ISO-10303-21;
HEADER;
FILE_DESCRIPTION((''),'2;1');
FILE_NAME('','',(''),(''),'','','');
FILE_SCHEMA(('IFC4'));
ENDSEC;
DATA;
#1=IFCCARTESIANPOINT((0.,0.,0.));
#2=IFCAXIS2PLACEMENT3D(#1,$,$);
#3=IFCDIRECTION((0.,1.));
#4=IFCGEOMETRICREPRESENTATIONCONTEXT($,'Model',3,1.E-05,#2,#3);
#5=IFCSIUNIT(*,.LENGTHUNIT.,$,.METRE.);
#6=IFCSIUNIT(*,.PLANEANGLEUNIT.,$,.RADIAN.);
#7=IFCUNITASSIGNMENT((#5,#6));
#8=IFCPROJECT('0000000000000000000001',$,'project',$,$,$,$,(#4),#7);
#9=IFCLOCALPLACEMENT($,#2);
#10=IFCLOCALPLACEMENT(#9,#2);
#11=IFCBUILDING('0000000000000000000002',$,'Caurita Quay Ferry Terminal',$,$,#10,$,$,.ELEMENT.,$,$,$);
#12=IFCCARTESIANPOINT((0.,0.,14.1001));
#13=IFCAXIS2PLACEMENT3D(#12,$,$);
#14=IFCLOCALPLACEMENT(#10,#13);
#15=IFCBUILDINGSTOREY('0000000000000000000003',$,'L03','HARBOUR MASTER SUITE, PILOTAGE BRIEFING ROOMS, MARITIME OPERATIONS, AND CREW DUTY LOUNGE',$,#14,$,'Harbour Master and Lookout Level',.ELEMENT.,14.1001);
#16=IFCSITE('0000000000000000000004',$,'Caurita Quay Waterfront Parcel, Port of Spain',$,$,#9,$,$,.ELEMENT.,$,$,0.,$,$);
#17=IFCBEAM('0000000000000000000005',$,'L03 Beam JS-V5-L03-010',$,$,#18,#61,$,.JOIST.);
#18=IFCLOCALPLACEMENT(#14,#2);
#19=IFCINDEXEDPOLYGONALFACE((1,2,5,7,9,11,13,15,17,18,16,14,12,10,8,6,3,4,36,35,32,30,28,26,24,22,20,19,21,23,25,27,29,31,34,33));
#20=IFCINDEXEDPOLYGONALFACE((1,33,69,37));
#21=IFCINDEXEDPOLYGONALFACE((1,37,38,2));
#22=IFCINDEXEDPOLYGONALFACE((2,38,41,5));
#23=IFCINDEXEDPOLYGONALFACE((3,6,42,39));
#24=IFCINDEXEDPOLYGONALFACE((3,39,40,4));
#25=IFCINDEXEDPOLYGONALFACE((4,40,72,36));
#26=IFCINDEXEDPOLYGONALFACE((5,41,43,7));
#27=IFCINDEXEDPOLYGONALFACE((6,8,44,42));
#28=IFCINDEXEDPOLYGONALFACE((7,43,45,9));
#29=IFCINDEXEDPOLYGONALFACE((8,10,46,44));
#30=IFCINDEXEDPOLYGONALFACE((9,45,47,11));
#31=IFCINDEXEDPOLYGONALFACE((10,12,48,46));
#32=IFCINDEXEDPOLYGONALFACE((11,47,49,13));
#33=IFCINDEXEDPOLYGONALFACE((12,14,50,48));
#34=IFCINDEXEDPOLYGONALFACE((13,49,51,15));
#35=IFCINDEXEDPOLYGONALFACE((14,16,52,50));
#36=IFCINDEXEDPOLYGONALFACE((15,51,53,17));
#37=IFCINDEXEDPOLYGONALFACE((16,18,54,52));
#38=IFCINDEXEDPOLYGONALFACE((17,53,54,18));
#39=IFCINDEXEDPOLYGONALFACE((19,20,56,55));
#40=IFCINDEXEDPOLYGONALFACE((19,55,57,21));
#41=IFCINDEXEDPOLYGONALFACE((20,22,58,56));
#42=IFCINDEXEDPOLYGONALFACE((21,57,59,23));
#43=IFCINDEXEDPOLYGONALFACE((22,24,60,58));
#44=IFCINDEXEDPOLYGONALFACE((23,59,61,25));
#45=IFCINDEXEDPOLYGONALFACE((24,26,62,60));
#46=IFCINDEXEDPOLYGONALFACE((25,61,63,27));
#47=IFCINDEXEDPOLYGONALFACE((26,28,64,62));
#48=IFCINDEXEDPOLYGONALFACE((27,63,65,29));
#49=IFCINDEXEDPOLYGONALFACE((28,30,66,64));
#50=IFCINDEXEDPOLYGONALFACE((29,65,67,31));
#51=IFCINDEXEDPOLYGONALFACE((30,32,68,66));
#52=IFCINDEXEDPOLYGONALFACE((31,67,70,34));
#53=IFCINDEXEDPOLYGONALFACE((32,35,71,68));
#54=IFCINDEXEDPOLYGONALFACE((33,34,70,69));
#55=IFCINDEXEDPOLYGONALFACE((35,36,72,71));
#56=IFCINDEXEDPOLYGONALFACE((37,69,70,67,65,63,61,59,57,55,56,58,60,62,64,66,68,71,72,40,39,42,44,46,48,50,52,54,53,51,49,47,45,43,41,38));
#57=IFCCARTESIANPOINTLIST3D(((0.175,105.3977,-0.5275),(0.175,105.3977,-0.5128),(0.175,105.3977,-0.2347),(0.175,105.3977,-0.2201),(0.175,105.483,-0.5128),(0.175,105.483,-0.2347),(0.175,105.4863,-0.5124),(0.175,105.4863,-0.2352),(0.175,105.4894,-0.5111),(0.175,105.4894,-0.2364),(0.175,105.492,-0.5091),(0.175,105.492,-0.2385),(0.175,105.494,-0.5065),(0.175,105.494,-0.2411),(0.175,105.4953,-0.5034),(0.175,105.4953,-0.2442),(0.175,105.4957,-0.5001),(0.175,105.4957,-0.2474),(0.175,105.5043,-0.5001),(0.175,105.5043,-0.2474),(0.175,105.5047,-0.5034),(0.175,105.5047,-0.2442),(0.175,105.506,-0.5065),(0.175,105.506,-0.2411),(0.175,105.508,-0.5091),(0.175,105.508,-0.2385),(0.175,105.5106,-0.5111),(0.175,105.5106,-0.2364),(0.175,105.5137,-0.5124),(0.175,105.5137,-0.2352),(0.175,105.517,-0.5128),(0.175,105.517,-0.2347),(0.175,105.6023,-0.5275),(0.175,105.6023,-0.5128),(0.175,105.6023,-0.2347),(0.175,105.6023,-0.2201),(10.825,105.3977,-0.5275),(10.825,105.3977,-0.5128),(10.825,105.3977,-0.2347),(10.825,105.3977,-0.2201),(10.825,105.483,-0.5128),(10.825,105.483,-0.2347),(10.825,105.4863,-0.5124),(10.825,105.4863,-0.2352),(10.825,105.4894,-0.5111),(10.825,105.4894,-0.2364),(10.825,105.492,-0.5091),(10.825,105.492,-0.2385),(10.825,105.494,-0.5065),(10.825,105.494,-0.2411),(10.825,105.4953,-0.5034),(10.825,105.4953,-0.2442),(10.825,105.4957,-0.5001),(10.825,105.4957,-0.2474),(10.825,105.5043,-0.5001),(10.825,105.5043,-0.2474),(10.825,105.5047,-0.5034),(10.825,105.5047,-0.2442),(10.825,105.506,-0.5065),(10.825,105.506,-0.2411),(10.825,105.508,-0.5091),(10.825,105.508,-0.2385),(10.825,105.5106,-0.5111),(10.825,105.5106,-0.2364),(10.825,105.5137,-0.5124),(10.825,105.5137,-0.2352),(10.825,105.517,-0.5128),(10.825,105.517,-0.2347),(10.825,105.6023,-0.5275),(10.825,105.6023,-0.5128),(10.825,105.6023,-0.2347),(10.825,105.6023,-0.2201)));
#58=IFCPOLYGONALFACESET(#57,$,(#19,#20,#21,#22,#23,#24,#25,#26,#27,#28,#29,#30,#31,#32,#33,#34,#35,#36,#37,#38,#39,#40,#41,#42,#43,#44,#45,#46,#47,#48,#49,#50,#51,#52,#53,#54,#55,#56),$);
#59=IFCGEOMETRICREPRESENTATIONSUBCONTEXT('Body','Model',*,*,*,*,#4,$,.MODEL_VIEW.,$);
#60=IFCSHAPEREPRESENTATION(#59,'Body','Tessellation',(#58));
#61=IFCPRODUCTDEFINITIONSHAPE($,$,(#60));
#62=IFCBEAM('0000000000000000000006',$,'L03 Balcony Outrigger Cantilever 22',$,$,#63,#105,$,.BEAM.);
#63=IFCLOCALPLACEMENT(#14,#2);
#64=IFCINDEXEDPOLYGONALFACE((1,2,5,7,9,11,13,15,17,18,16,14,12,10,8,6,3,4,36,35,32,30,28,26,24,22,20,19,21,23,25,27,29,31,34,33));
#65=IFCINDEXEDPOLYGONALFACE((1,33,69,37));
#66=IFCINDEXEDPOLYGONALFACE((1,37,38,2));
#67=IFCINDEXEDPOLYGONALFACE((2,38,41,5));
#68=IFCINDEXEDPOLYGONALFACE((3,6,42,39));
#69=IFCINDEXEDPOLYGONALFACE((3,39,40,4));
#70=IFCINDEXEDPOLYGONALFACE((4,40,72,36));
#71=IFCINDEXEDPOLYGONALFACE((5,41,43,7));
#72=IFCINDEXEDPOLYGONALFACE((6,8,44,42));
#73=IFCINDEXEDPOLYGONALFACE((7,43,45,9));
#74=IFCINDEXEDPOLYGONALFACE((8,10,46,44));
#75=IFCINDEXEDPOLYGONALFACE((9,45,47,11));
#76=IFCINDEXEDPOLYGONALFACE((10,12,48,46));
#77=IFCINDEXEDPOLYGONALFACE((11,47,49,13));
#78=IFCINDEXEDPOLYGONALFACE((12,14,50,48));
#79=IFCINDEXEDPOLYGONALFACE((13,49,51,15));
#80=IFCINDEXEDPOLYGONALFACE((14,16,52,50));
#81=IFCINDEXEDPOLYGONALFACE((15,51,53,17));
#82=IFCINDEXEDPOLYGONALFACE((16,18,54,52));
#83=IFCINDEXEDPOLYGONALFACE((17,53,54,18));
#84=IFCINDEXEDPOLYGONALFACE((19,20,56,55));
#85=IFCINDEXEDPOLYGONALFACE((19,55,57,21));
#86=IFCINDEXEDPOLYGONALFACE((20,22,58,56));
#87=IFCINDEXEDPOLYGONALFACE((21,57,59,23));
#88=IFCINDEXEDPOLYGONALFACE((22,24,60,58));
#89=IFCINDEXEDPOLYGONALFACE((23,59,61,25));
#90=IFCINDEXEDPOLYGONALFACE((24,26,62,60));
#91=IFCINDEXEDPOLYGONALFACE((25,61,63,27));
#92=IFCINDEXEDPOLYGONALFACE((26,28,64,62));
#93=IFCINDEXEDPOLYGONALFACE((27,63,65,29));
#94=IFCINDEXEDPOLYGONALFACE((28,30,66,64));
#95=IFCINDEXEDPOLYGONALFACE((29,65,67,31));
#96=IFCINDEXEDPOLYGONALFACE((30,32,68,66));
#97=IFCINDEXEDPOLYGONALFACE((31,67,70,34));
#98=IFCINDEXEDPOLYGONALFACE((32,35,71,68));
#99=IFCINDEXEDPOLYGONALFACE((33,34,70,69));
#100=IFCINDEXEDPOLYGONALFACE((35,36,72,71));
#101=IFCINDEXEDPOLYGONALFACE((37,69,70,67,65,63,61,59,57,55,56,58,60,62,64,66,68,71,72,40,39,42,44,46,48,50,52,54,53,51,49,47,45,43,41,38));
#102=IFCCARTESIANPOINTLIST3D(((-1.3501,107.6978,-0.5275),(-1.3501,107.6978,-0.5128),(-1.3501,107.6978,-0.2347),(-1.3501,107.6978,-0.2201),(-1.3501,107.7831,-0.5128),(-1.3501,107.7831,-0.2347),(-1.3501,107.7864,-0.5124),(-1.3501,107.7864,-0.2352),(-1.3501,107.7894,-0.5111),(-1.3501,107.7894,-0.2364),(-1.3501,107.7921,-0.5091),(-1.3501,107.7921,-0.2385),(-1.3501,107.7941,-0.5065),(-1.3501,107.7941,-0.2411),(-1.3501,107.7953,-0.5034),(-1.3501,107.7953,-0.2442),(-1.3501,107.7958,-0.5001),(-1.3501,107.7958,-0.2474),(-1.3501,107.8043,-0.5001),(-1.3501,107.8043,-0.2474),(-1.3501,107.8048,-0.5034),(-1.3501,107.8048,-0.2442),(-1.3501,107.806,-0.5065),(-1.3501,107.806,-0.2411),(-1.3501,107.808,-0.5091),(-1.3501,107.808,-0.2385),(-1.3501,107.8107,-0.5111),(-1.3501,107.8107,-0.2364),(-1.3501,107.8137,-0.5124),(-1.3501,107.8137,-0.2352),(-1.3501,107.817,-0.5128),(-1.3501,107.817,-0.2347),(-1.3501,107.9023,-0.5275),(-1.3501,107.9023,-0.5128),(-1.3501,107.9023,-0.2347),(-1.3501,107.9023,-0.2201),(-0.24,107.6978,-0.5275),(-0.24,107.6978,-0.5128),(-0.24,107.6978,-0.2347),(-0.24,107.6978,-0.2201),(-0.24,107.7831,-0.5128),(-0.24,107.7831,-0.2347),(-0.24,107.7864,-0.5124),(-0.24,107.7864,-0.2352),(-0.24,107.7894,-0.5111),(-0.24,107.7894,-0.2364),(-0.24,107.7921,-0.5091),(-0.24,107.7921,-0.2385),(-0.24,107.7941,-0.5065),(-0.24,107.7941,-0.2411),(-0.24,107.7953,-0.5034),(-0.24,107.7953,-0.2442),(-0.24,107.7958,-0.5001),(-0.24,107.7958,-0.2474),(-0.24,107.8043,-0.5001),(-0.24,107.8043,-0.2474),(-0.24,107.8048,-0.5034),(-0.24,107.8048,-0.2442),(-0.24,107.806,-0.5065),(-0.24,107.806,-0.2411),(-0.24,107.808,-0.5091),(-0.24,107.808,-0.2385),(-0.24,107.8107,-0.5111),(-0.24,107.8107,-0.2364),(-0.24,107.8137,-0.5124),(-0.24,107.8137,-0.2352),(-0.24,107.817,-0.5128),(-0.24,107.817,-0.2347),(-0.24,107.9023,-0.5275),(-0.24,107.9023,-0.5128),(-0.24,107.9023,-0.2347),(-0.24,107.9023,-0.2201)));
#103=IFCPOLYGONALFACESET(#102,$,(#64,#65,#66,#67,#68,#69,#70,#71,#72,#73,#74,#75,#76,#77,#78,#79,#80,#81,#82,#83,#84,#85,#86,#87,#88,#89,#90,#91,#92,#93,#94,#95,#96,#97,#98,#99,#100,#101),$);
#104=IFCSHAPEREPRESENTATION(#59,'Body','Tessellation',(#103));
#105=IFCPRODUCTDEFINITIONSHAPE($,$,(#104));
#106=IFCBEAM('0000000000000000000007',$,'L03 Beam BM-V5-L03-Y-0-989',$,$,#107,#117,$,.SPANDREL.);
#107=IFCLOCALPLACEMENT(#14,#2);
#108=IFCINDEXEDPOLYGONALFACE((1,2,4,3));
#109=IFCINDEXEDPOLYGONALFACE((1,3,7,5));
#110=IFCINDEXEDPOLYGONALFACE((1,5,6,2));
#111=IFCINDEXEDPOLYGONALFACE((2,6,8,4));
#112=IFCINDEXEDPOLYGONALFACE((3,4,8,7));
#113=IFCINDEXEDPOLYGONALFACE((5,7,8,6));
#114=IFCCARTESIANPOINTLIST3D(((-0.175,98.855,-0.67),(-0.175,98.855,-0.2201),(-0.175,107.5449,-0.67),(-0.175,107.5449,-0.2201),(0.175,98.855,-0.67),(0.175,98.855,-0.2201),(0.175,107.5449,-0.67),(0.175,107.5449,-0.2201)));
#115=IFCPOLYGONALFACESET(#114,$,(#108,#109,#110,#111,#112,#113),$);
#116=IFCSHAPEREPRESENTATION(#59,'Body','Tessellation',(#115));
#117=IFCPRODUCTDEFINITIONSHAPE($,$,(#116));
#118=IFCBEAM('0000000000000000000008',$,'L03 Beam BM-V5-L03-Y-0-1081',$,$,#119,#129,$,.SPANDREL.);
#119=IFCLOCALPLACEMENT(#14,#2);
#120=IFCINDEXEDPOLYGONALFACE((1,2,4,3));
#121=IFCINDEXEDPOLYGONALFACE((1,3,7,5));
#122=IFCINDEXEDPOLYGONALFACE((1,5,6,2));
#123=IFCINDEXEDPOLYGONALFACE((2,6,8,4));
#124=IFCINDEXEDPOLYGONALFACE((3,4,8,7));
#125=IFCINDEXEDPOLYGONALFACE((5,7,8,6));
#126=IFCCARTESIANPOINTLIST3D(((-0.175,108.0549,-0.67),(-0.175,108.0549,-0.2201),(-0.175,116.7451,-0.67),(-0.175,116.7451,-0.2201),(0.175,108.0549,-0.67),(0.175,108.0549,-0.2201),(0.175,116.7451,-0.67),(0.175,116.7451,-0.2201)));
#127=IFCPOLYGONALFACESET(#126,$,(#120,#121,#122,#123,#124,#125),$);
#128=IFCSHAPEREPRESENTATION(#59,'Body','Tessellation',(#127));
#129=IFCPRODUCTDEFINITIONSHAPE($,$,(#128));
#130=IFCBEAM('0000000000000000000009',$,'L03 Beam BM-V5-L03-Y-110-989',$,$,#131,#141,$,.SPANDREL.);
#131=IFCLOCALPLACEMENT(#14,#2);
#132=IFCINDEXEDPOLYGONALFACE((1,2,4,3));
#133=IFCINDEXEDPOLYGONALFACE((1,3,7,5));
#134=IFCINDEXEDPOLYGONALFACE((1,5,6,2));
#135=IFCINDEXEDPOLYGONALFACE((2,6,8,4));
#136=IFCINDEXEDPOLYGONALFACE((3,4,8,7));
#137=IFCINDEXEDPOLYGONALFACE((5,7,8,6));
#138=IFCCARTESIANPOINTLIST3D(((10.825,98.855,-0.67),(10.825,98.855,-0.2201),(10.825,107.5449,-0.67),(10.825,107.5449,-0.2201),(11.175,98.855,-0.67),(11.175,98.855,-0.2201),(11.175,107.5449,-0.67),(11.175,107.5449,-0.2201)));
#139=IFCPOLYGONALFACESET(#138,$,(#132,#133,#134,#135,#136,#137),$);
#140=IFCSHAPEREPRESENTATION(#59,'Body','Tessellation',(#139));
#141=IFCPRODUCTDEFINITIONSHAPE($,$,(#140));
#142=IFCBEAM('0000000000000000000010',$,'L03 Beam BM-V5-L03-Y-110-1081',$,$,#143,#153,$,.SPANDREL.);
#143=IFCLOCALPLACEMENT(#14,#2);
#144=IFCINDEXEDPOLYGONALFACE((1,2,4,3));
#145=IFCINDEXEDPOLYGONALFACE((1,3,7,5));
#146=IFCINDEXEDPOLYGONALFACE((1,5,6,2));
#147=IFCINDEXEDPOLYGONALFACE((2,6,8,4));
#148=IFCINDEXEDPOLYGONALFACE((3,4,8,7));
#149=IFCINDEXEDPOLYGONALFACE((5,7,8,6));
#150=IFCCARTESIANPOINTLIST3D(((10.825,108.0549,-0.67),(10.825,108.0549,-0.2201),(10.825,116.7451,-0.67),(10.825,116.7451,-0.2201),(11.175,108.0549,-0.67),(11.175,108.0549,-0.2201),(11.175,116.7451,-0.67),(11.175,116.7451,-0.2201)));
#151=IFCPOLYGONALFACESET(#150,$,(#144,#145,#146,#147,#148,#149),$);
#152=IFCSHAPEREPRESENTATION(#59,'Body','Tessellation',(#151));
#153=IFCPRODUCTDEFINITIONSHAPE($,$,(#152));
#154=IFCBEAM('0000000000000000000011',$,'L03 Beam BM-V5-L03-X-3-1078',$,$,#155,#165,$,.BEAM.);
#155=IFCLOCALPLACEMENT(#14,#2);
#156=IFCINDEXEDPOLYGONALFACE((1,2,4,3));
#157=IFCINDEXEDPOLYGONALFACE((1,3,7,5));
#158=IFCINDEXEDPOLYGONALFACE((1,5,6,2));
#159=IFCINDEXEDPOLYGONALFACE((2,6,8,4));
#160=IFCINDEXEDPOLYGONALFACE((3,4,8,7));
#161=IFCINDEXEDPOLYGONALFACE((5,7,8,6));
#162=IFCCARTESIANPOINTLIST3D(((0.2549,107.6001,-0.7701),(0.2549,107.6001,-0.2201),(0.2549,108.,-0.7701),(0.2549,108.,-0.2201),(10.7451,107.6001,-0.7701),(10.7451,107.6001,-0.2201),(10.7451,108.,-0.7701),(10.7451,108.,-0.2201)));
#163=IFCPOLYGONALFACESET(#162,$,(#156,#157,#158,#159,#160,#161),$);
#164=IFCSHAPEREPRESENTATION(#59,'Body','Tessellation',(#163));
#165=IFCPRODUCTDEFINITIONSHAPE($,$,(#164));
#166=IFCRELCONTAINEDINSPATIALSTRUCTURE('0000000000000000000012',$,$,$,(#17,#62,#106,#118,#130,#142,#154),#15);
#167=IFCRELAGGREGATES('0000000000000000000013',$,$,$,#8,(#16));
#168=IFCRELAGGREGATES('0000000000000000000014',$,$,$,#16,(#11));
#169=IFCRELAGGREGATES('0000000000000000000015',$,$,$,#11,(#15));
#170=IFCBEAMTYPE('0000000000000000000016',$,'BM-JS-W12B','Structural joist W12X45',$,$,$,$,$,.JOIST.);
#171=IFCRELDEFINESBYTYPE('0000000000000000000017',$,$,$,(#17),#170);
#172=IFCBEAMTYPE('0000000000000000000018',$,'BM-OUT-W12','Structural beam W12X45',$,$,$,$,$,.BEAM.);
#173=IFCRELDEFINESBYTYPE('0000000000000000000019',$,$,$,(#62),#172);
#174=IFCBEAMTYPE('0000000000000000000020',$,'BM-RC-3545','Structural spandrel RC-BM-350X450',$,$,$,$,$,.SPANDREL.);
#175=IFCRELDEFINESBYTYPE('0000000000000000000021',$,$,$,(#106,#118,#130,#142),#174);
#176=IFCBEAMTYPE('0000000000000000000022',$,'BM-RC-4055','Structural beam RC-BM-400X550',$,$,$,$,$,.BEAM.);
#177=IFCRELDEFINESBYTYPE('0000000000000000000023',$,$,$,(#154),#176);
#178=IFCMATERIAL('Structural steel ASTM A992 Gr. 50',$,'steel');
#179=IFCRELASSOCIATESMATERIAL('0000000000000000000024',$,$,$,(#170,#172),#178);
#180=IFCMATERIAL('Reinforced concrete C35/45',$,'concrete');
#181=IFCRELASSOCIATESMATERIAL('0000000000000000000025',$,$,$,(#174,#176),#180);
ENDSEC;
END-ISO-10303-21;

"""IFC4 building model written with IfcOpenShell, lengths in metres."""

from ifc_helpers import new_model, si_unit, direction, frame, origin, origin_2d, place, context, subcontext, project, spatial, rectangle, i_section, extrude, material, material_profile, profile_set, type_object, element, save


model = new_model("IFC4")

# Units and contexts
model_context = context("Model", 3, precision=1e-05, world=origin(), true_north=direction((0.0, 1.0)))
body_context = subcontext(model_context, "Body", "Model", "MODEL_VIEW")
ifc_project = project(units=[si_unit("LENGTHUNIT", "METRE"), si_unit("PLANEANGLEUNIT", "RADIAN")], contexts=[model_context])

# Site, building, storey
site_placement = place(None, origin())
site = spatial("IfcSite", under=ifc_project, at=site_placement, Name="Caurita Quay Waterfront Parcel, Port of Spain", CompositionType="ELEMENT", RefElevation=0.0)
building_placement = place(site_placement, origin())
building = spatial("IfcBuilding", under=site, at=building_placement, Name="Caurita Quay Ferry Terminal", CompositionType="ELEMENT")
storey_placement = place(building_placement, frame((0.0, 0.0, 14.1001)))
storey = spatial("IfcBuildingStorey", under=building, at=storey_placement, Name="L03", Description="HARBOUR MASTER SUITE, PILOTAGE BRIEFING ROOMS, MARITIME OPERATIONS, AND CREW DUTY LOUNGE", LongName="Harbour Master and Lookout Level", CompositionType="ELEMENT", Elevation=14.1001)

# Shared definitions
ifc_material_1 = material(Name="Reinforced concrete C35/45", Category="concrete")

# Beams
ifc_material_2 = material(Name="Structural steel ASTM A992 Gr. 50", Category="steel")
ifc_material_profile_1 = material_profile(ifc_material_2, i_section(OverallWidth=0.2046, OverallDepth=0.3074, WebThickness=0.0085, FlangeThickness=0.0146, FilletRadius=0.0127, at=origin_2d()), Name="W12X45")
ifc_profile_set_1 = profile_set([ifc_material_profile_1], Name="Structural steel ASTM A992 Gr. 50")
beam_type_1 = type_object("IfcBeamType", Name="BM-JS-W12B", Description="Structural joist W12X45", PredefinedType="JOIST", material=ifc_profile_set_1)
for number, where, z_axis, x_axis, name in (
    (1, (0.175, 105.5, -0.3738), (1.0, 0.0, 0.0), (0.0, 1.0, 0.0), "L03 Beam JS-V5-L03-010"),
):
    element("IfcBeam", number, at=place(storey_placement, frame(where, z_axis=z_axis, x_axis=x_axis)), inside=storey, type_object=beam_type_1, Name=name, PredefinedType="JOIST", context=body_context, shape_type="SweptSolid", body=[
        extrude(i_section(OverallWidth=0.2046, OverallDepth=0.3074, WebThickness=0.0085, FlangeThickness=0.0146, FilletRadius=0.0127, at=origin_2d()), origin(), (0.0, 0.0, 1.0), 10.6499),
    ])
ifc_material_profile_2 = material_profile(ifc_material_2, i_section(OverallWidth=0.2046, OverallDepth=0.3074, WebThickness=0.0085, FlangeThickness=0.0146, FilletRadius=0.0127, at=origin_2d()), Name="W12X45")
ifc_profile_set_2 = profile_set([ifc_material_profile_2], Name="Structural steel ASTM A992 Gr. 50")
beam_type_2 = type_object("IfcBeamType", Name="BM-OUT-W12", Description="Structural beam W12X45", PredefinedType="BEAM", material=ifc_profile_set_2)
beam_1_placement = place(storey_placement, frame((-0.24, 107.8, -0.3738), z_axis=(-1.0, 0.0, 0.0), x_axis=(0.0, -1.0, 0.0)))
element("IfcBeam", 2, at=beam_1_placement, inside=storey, type_object=beam_type_2, Name="L03 Balcony Outrigger Cantilever 22", PredefinedType="BEAM", context=body_context, shape_type="SweptSolid", body=[
    extrude(i_section(OverallWidth=0.2046, OverallDepth=0.3074, WebThickness=0.0085, FlangeThickness=0.0146, FilletRadius=0.0127, at=origin_2d()), origin(), (0.0, 0.0, 1.0), 1.1101),
])
ifc_material_profile_3 = material_profile(ifc_material_1, rectangle(XDim=0.3501, YDim=0.45, at=origin_2d()), Name="RC-BM-350X450")
ifc_profile_set_3 = profile_set([ifc_material_profile_3], Name="Reinforced concrete C35/45")
beam_type_3 = type_object("IfcBeamType", Name="BM-RC-3545", Description="Structural spandrel RC-BM-350X450", PredefinedType="SPANDREL", material=ifc_profile_set_3)
beam_2_placement = place(storey_placement, frame((0.0, 98.855, -0.4451), z_axis=(0.0, 1.0, 0.0), x_axis=(-1.0, 0.0, 0.0)))
element("IfcBeam", 3, at=beam_2_placement, inside=storey, type_object=beam_type_3, Name="L03 Beam BM-V5-L03-Y-0-989", PredefinedType="SPANDREL", context=body_context, shape_type="SweptSolid", body=[
    extrude(rectangle(XDim=0.3501, YDim=0.45, at=origin_2d()), origin(), (0.0, 0.0, 1.0), 8.6899),
])
beam_3_placement = place(storey_placement, frame((0.0, 108.0549, -0.4451), z_axis=(0.0, 1.0, 0.0), x_axis=(-1.0, 0.0, 0.0)))
element("IfcBeam", 4, at=beam_3_placement, inside=storey, type_object=beam_type_3, Name="L03 Beam BM-V5-L03-Y-0-1081", PredefinedType="SPANDREL", context=body_context, shape_type="SweptSolid", body=[
    extrude(rectangle(XDim=0.3501, YDim=0.45, at=origin_2d()), origin(), (0.0, 0.0, 1.0), 8.6902),
])
beam_4_placement = place(storey_placement, frame((11.0, 98.855, -0.4451), z_axis=(0.0, 1.0, 0.0), x_axis=(-1.0, 0.0, 0.0)))
element("IfcBeam", 5, at=beam_4_placement, inside=storey, type_object=beam_type_3, Name="L03 Beam BM-V5-L03-Y-110-989", PredefinedType="SPANDREL", context=body_context, shape_type="SweptSolid", body=[
    extrude(rectangle(XDim=0.3501, YDim=0.45, at=origin_2d()), origin(), (0.0, 0.0, 1.0), 8.6899),
])
beam_5_placement = place(storey_placement, frame((11.0, 108.0549, -0.4451), z_axis=(0.0, 1.0, 0.0), x_axis=(-1.0, 0.0, 0.0)))
element("IfcBeam", 6, at=beam_5_placement, inside=storey, type_object=beam_type_3, Name="L03 Beam BM-V5-L03-Y-110-1081", PredefinedType="SPANDREL", context=body_context, shape_type="SweptSolid", body=[
    extrude(rectangle(XDim=0.3501, YDim=0.45, at=origin_2d()), origin(), (0.0, 0.0, 1.0), 8.6902),
])
ifc_material_profile_4 = material_profile(ifc_material_1, rectangle(XDim=0.3999, YDim=0.55, at=origin_2d()), Name="RC-BM-400X550")
ifc_profile_set_4 = profile_set([ifc_material_profile_4], Name="Reinforced concrete C35/45")
beam_type_4 = type_object("IfcBeamType", Name="BM-RC-4055", Description="Structural beam RC-BM-400X550", PredefinedType="BEAM", material=ifc_profile_set_4)
beam_6_placement = place(storey_placement, frame((0.2549, 107.8, -0.4951), z_axis=(1.0, 0.0, 0.0), x_axis=(0.0, 1.0, 0.0)))
element("IfcBeam", 7, at=beam_6_placement, inside=storey, type_object=beam_type_4, Name="L03 Beam BM-V5-L03-X-3-1078", PredefinedType="BEAM", context=body_context, shape_type="SweptSolid", body=[
    extrude(rectangle(XDim=0.3999, YDim=0.55, at=origin_2d()), origin(), (0.0, 0.0, 1.0), 10.4902),
])

save(model, "model.ifc")
